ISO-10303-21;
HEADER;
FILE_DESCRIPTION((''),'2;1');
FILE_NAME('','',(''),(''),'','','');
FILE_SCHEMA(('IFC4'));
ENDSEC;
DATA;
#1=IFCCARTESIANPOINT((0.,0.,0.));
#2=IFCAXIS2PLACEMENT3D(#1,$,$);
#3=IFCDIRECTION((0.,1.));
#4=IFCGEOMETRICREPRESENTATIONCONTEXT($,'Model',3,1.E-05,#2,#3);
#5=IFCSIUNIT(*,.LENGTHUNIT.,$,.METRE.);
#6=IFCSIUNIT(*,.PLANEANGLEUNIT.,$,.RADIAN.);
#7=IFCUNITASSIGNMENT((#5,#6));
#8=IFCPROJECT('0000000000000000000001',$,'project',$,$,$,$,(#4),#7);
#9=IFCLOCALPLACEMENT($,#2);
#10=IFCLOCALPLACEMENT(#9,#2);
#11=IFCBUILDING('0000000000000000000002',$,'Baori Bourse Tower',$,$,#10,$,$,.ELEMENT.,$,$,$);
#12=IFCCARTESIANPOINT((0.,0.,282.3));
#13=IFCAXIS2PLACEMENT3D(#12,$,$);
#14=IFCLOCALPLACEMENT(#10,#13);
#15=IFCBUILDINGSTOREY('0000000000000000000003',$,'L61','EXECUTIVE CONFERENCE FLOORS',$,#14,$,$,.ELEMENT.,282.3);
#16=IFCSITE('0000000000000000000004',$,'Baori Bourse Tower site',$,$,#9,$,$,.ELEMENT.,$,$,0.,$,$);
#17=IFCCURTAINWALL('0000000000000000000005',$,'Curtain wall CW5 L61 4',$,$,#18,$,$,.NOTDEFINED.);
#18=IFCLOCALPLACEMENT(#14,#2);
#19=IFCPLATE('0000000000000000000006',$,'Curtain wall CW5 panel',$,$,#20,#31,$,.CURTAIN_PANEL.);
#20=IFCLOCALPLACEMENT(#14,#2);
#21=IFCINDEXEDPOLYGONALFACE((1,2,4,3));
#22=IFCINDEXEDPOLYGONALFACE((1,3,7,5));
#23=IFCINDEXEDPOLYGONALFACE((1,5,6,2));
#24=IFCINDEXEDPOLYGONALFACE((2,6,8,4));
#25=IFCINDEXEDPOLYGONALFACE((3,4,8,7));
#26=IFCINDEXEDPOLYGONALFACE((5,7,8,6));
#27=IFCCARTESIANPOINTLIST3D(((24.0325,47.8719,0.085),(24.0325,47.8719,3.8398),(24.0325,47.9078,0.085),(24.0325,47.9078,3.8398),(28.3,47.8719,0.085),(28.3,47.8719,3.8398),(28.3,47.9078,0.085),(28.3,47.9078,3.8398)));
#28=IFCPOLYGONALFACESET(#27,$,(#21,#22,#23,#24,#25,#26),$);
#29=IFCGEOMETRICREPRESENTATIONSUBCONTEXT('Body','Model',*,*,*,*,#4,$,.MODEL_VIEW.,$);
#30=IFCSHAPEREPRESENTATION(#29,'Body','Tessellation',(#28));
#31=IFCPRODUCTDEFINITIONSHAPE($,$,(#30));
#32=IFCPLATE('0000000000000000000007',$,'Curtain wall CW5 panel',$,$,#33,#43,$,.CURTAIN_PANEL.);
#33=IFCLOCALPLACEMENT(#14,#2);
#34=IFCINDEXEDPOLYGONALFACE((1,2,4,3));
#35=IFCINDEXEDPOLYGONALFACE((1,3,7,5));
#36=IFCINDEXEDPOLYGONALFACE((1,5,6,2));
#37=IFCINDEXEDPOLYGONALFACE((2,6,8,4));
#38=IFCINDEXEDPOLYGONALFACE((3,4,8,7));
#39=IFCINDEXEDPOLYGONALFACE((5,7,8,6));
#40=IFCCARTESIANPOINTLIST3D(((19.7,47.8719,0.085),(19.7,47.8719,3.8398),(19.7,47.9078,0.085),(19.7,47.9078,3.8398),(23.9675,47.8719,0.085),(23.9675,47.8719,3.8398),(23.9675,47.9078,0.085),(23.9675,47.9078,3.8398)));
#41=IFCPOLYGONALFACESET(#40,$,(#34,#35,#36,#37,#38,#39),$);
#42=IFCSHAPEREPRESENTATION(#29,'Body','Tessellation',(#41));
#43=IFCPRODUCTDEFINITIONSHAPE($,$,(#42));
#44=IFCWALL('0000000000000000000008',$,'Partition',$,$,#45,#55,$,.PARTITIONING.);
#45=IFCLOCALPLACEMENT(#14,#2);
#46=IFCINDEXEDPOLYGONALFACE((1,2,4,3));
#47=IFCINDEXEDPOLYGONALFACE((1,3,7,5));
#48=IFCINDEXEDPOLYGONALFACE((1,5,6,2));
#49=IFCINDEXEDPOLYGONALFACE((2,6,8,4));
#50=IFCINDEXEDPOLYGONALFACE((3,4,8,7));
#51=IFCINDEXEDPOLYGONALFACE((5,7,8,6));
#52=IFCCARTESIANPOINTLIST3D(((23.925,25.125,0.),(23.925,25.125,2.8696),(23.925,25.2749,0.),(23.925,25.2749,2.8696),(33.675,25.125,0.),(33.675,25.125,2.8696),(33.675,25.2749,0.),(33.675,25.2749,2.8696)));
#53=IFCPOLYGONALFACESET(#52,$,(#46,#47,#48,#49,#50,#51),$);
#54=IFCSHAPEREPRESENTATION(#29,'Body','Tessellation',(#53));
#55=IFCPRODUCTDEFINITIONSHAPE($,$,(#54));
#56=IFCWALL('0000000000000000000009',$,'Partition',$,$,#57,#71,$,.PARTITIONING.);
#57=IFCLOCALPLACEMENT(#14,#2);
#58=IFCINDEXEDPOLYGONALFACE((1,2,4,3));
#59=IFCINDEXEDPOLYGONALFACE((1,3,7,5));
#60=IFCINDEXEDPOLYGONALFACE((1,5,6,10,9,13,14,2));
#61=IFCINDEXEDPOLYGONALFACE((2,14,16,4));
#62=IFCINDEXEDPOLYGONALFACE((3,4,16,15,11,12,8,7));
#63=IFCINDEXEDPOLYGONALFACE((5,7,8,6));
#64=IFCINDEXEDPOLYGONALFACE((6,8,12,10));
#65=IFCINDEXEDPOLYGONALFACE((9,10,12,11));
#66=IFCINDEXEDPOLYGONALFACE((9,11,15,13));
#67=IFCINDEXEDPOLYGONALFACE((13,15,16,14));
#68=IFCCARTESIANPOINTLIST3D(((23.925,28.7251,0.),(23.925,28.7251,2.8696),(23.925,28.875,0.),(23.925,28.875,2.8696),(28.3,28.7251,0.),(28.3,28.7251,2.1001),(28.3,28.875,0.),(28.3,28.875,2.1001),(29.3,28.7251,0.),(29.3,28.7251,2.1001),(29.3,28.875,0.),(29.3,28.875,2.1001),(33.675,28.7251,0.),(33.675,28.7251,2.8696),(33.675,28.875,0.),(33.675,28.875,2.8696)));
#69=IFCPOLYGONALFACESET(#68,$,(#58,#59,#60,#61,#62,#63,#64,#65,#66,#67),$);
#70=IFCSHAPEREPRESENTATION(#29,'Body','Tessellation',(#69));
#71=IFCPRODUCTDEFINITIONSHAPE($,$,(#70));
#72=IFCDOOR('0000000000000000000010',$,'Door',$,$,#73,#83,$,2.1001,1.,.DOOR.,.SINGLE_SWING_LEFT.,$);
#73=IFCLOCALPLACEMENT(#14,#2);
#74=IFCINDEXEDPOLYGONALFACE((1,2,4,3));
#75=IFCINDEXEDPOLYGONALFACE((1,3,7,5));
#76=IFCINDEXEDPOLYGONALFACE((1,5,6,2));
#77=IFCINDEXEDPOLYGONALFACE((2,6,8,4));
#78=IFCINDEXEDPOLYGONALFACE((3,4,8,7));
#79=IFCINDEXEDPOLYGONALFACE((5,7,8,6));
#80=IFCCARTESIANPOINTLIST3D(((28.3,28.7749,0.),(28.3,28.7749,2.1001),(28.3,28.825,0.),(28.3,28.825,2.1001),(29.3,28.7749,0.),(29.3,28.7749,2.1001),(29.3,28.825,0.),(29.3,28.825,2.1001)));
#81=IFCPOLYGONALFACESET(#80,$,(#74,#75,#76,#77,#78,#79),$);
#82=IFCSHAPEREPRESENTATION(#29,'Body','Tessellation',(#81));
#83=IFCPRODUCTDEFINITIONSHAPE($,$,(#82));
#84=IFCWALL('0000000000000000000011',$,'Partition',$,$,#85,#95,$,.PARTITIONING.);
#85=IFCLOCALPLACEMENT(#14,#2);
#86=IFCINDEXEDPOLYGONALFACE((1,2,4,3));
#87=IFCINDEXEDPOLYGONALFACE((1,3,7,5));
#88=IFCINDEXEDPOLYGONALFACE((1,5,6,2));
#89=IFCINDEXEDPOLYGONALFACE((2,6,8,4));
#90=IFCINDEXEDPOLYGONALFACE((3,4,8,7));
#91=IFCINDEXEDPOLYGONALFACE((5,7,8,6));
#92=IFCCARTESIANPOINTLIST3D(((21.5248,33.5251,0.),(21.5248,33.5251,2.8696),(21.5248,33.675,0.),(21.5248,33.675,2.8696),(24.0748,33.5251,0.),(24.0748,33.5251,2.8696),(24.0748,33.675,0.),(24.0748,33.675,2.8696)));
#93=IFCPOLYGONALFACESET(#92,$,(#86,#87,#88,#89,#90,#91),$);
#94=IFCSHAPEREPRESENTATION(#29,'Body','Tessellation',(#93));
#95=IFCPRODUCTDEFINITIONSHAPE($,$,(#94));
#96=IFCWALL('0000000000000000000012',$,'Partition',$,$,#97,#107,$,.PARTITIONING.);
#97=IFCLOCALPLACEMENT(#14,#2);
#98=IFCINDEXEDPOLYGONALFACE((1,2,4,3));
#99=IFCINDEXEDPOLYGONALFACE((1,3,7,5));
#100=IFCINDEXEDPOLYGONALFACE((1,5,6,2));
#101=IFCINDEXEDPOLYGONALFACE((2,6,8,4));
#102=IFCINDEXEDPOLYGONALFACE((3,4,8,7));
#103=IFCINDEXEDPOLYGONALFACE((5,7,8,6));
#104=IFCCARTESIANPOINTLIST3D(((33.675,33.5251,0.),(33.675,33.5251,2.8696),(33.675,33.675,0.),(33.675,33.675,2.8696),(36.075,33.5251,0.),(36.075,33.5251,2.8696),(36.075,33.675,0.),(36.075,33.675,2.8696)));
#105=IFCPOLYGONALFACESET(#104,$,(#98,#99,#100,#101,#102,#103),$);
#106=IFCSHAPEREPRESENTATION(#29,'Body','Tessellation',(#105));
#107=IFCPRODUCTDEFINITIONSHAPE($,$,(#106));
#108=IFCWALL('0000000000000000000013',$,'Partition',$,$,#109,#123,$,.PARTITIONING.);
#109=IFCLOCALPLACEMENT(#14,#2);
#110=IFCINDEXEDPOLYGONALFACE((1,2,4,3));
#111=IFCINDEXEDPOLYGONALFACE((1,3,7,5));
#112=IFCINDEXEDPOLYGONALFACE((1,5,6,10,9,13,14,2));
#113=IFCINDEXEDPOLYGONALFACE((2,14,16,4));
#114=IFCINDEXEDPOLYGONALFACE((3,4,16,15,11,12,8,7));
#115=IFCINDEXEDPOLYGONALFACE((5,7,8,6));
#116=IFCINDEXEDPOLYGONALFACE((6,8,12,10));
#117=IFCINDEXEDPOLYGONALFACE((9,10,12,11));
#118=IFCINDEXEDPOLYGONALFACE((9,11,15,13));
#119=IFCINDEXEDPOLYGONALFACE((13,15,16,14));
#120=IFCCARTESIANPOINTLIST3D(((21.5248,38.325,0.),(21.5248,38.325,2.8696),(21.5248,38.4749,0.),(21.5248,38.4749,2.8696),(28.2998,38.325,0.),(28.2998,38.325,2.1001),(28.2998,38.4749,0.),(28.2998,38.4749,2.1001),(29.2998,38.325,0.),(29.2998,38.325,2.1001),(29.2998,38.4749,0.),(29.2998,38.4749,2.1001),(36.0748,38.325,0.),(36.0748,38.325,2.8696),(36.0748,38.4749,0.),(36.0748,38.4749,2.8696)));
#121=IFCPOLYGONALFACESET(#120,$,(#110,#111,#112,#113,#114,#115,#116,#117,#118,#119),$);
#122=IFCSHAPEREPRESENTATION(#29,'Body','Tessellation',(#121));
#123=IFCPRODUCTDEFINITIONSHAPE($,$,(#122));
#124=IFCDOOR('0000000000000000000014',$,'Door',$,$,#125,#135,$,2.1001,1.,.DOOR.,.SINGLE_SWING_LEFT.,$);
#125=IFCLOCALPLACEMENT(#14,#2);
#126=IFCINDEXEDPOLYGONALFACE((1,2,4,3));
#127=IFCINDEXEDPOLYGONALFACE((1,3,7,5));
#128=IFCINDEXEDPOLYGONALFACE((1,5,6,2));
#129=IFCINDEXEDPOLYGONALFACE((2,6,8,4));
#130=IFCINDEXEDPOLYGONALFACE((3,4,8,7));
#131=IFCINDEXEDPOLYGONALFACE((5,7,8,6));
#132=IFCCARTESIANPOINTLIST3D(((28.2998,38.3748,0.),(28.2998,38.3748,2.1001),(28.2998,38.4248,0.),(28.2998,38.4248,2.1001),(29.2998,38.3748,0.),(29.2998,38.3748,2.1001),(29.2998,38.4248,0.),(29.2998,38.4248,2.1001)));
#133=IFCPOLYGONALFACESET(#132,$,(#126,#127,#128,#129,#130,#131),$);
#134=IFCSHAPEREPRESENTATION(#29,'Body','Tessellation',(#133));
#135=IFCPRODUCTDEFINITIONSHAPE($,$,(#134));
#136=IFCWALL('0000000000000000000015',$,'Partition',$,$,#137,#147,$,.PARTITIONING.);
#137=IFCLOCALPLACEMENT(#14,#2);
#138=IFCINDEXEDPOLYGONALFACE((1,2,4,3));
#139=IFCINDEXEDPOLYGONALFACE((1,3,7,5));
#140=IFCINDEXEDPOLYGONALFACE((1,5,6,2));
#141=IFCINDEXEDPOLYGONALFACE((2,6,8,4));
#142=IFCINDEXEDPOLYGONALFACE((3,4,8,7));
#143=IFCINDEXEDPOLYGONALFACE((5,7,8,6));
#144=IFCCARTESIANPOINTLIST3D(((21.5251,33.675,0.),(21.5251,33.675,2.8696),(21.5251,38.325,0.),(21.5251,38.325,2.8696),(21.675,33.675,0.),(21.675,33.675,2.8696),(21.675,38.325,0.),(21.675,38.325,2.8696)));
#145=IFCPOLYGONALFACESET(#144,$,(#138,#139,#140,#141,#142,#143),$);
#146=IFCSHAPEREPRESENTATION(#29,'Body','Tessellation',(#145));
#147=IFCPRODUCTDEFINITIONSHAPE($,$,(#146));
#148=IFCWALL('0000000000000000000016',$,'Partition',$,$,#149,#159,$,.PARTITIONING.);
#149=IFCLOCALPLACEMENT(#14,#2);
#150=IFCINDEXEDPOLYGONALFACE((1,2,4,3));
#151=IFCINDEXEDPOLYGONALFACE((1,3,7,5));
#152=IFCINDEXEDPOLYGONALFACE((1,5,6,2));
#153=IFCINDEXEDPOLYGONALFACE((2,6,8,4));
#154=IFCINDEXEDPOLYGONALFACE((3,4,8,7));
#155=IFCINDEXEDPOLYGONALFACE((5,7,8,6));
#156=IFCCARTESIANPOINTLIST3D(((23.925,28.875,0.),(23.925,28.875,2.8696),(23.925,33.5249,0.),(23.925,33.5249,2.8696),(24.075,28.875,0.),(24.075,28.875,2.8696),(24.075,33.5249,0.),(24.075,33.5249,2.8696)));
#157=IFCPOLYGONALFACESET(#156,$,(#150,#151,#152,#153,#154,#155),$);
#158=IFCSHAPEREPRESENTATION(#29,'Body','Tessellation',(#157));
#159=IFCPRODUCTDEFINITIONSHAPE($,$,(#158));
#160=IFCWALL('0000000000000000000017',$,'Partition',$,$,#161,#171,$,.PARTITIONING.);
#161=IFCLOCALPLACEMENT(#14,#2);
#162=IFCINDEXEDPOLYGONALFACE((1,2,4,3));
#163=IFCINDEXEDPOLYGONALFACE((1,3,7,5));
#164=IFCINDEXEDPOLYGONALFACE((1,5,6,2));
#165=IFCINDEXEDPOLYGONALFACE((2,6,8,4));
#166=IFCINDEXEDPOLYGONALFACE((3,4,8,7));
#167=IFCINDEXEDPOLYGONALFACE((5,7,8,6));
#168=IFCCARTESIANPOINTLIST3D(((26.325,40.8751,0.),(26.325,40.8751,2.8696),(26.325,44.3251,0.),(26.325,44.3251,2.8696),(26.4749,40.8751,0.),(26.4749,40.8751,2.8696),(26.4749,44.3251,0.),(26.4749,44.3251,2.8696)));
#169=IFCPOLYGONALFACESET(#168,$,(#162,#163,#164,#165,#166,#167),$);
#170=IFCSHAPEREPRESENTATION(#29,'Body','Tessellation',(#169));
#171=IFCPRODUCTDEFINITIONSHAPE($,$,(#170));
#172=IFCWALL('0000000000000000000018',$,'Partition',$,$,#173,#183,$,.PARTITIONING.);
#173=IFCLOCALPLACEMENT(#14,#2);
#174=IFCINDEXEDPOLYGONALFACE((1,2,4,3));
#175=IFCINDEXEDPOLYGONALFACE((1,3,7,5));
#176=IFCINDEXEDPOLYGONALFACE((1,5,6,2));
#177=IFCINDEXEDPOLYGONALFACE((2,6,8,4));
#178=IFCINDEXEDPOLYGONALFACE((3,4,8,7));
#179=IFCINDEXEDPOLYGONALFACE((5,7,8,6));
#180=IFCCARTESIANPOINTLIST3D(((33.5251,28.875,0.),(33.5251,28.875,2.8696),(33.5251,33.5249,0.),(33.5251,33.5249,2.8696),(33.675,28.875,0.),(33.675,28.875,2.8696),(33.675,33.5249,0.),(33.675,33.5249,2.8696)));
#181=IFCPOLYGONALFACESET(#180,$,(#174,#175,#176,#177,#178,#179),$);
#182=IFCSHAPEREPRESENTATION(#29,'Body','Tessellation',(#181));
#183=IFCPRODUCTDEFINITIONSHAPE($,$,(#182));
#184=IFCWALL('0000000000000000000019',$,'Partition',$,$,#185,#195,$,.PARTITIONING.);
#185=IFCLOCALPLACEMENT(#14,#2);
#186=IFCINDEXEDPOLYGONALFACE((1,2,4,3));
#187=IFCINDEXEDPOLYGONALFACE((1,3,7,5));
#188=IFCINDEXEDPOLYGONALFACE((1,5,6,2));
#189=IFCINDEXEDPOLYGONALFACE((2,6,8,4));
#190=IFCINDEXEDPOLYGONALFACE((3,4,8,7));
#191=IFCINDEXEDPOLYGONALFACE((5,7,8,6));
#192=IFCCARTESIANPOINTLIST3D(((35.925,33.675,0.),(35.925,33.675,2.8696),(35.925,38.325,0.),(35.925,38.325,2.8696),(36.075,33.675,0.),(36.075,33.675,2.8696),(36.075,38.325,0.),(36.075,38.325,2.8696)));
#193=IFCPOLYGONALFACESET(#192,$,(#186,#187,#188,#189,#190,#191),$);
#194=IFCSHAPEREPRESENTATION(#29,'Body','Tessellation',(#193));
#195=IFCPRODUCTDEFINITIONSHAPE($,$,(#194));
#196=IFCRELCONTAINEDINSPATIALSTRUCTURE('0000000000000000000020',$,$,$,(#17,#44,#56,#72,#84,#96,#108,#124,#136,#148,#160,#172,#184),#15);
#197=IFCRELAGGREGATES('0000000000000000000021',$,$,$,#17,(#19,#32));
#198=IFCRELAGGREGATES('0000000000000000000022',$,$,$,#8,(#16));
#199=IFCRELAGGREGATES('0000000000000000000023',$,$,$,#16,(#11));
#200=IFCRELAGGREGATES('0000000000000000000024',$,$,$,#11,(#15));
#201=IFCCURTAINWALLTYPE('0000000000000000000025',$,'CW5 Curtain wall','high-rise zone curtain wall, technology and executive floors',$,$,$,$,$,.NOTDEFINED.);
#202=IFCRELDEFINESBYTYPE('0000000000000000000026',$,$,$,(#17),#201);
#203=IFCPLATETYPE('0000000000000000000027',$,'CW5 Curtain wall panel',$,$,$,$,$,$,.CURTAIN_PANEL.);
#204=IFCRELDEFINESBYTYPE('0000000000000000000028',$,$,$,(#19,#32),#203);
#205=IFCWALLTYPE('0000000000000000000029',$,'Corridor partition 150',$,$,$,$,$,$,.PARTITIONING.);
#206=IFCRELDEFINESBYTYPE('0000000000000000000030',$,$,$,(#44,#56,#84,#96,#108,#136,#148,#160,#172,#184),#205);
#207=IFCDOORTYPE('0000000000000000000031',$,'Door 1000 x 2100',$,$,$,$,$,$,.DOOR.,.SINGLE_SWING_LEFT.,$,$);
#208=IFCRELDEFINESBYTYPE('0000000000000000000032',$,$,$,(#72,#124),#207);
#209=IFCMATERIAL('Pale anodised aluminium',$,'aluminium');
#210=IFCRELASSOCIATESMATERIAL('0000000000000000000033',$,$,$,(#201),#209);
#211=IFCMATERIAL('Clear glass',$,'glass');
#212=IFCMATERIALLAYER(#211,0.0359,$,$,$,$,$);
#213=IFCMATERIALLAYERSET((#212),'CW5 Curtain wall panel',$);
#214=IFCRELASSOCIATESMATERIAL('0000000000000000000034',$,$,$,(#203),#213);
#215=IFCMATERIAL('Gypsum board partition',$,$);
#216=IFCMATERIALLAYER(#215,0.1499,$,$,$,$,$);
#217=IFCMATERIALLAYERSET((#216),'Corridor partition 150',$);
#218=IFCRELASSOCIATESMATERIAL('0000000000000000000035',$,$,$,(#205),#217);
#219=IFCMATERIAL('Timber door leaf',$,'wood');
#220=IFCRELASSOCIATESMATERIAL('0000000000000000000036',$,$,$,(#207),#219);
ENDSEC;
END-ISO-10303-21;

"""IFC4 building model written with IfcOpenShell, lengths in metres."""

from ifc_helpers import new_model, si_unit, direction, frame, frame_2d, origin, origin_2d, place, context, subcontext, project, spatial, rectangle, extrude, material, layer, layer_set, type_object, element, fill, aggregate, save


model = new_model("IFC4")

# Units and contexts
model_context = context("Model", 3, precision=1e-05, world=origin(), true_north=direction((0.0, 1.0)))
body_context = subcontext(model_context, "Body", "Model", "MODEL_VIEW")
ifc_project = project(units=[si_unit("LENGTHUNIT", "METRE"), si_unit("PLANEANGLEUNIT", "RADIAN")], contexts=[model_context])

# Site, building, storey
site_placement = place(None, origin())
site = spatial("IfcSite", under=ifc_project, at=site_placement, Name="Baori Bourse Tower site", CompositionType="ELEMENT", RefElevation=0.0)
building_placement = place(site_placement, origin())
building = spatial("IfcBuilding", under=site, at=building_placement, Name="Baori Bourse Tower", CompositionType="ELEMENT")
storey_placement = place(building_placement, frame((0.0, 0.0, 282.3)))
storey = spatial("IfcBuildingStorey", under=building, at=storey_placement, Name="L61", Description="EXECUTIVE CONFERENCE FLOORS", CompositionType="ELEMENT", Elevation=282.3)

# Curtain wall
ifc_material_1 = material(Name="Pale anodised aluminium", Category="aluminium")
curtain_wall_type_1 = type_object("IfcCurtainWallType", Name="CW5 Curtain wall", Description="high-rise zone curtain wall, technology and executive floors", PredefinedType="NOTDEFINED", material=ifc_material_1)
curtain_wall_1_placement = place(storey_placement, origin())
curtain_wall_1 = element("IfcCurtainWall", 1, at=curtain_wall_1_placement, inside=storey, type_object=curtain_wall_type_1, Name="Curtain wall CW5 L61 4", PredefinedType="NOTDEFINED")

# Plates
ifc_material_2 = material(Name="Clear glass", Category="glass")
ifc_layer_1 = layer(ifc_material_2, 0.0359)
ifc_layer_set_1 = layer_set([ifc_layer_1], Name="CW5 Curtain wall panel")
plate_type_1 = type_object("IfcPlateType", Name="CW5 Curtain wall panel", PredefinedType="CURTAIN_PANEL", material=ifc_layer_set_1)
plate_1_placement = place(storey_placement, frame((26.1663, 47.8899, 0.085), z_axis=(0.0, 0.0, 1.0), x_axis=(-1.0, 0.0, 0.0)))
plate_1 = element("IfcPlate", 2, at=plate_1_placement, type_object=plate_type_1, Name="Curtain wall CW5 panel", PredefinedType="CURTAIN_PANEL", context=body_context, shape_type="SweptSolid", body=[
    extrude(rectangle(XDim=4.2676, YDim=0.0359, at=origin_2d()), origin(), (0.0, 0.0, 1.0), 3.7549),
])
plate_2_placement = place(storey_placement, frame((21.8337, 47.8899, 0.085), z_axis=(0.0, 0.0, 1.0), x_axis=(-1.0, 0.0, 0.0)))
plate_2 = element("IfcPlate", 3, at=plate_2_placement, type_object=plate_type_1, Name="Curtain wall CW5 panel", PredefinedType="CURTAIN_PANEL", context=body_context, shape_type="SweptSolid", body=[
    extrude(rectangle(XDim=4.2676, YDim=0.0359, at=origin_2d()), origin(), (0.0, 0.0, 1.0), 3.7549),
])
aggregate(curtain_wall_1, [plate_1, plate_2])

# Wall
ifc_material_3 = material(Name="Gypsum board partition")
ifc_layer_2 = layer(ifc_material_3, 0.1499)
ifc_layer_set_2 = layer_set([ifc_layer_2], Name="Corridor partition 150")
wall_type_1 = type_object("IfcWallType", Name="Corridor partition 150", PredefinedType="PARTITIONING", material=ifc_layer_set_2)
wall_1_placement = place(storey_placement, frame((23.925, 25.2, 0.0), z_axis=(0.0, 0.0, 1.0), x_axis=(1.0, 0.0, 0.0)))
element("IfcWall", 4, at=wall_1_placement, inside=storey, type_object=wall_type_1, Name="Partition", PredefinedType="PARTITIONING", context=body_context, shape_type="SweptSolid", body=[
    extrude(rectangle(XDim=9.75, YDim=0.1499, at=frame_2d((4.875, 0.0))), origin(), (0.0, 0.0, 1.0), 2.8696),
])

# Wall, opening, door
wall_2_placement = place(storey_placement, frame((23.925, 28.8, 0.0), z_axis=(0.0, 0.0, 1.0), x_axis=(1.0, 0.0, 0.0)))
wall_2 = element("IfcWall", 5, at=wall_2_placement, inside=storey, type_object=wall_type_1, Name="Partition", PredefinedType="PARTITIONING", context=body_context, shape_type="SweptSolid", body=[
    extrude(rectangle(XDim=9.75, YDim=0.1499, at=frame_2d((4.875, 0.0))), origin(), (0.0, 0.0, 1.0), 2.8696),
])
opening_1_placement = place(wall_2_placement, frame((4.375, 0.0, 0.0)))
opening_1 = element("IfcOpeningElement", 6, at=opening_1_placement, cuts=wall_2, PredefinedType="OPENING", context=body_context, shape_type="SweptSolid", body=[
    extrude(rectangle(XDim=1.0, YDim=2.1001, at=frame_2d((0.5, 1.05))), frame((0.0, 0.085, 0.0), z_axis=(0.0, -1.0, 0.0), x_axis=(1.0, 0.0, 0.0)), (0.0, 0.0, 1.0), 0.1699),
])
ifc_material_4 = material(Name="Timber door leaf", Category="wood")
door_type = type_object("IfcDoorType", Name="Door 1000 x 2100", OperationType="SINGLE_SWING_LEFT", PredefinedType="DOOR", material=ifc_material_4)
door_1_placement = place(opening_1_placement, origin())
door_1 = element("IfcDoor", 7, at=door_1_placement, inside=storey, type_object=door_type, Name="Door", OperationType="SINGLE_SWING_LEFT", OverallHeight=2.1001, OverallWidth=1.0, PredefinedType="DOOR", context=body_context, shape_type="SweptSolid", body=[
    extrude(rectangle(XDim=1.0, YDim=2.1001, at=frame_2d((0.5, 1.05))), frame((0.0, 0.0249, 0.0), z_axis=(0.0, -1.0, 0.0), x_axis=(1.0, 0.0, 0.0)), (0.0, 0.0, 1.0), 0.05),
])
fill(opening_1, door_1)

# Walls
wall_3_placement = place(storey_placement, frame((21.5249, 33.6001, 0.0), z_axis=(0.0, 0.0, 1.0), x_axis=(1.0, 0.0, 0.0)))
element("IfcWall", 8, at=wall_3_placement, inside=storey, type_object=wall_type_1, Name="Partition", PredefinedType="PARTITIONING", context=body_context, shape_type="SweptSolid", body=[
    extrude(rectangle(XDim=2.55, YDim=0.1499, at=frame_2d((1.2749, 0.0))), origin(), (0.0, 0.0, 1.0), 2.8696),
])
wall_4_placement = place(storey_placement, frame((33.675, 33.6001, 0.0), z_axis=(0.0, 0.0, 1.0), x_axis=(1.0, 0.0, 0.0)))
element("IfcWall", 9, at=wall_4_placement, inside=storey, type_object=wall_type_1, Name="Partition", PredefinedType="PARTITIONING", context=body_context, shape_type="SweptSolid", body=[
    extrude(rectangle(XDim=2.3999, YDim=0.1499, at=frame_2d((1.2, 0.0))), origin(), (0.0, 0.0, 1.0), 2.8696),
])

# Wall, opening, door
wall_5_placement = place(storey_placement, frame((21.5249, 38.3999, 0.0), z_axis=(0.0, 0.0, 1.0), x_axis=(1.0, 0.0, 0.0)))
wall_5 = element("IfcWall", 10, at=wall_5_placement, inside=storey, type_object=wall_type_1, Name="Partition", PredefinedType="PARTITIONING", context=body_context, shape_type="SweptSolid", body=[
    extrude(rectangle(XDim=14.55, YDim=0.1499, at=frame_2d((7.2749, 0.0))), origin(), (0.0, 0.0, 1.0), 2.8696),
])
opening_2_placement = place(wall_5_placement, frame((6.7749, 0.0, 0.0)))
opening_2 = element("IfcOpeningElement", 11, at=opening_2_placement, cuts=wall_5, PredefinedType="OPENING", context=body_context, shape_type="SweptSolid", body=[
    extrude(rectangle(XDim=1.0, YDim=2.1001, at=frame_2d((0.5, 1.05))), frame((0.0, 0.085, 0.0), z_axis=(0.0, -1.0, 0.0), x_axis=(1.0, 0.0, 0.0)), (0.0, 0.0, 1.0), 0.1699),
])
door_2_placement = place(opening_2_placement, origin())
door_2 = element("IfcDoor", 12, at=door_2_placement, inside=storey, type_object=door_type, Name="Door", OperationType="SINGLE_SWING_LEFT", OverallHeight=2.1001, OverallWidth=1.0, PredefinedType="DOOR", context=body_context, shape_type="SweptSolid", body=[
    extrude(rectangle(XDim=1.0, YDim=2.1001, at=frame_2d((0.5, 1.05))), frame((0.0, 0.0249, 0.0), z_axis=(0.0, -1.0, 0.0), x_axis=(1.0, 0.0, 0.0)), (0.0, 0.0, 1.0), 0.05),
])
fill(opening_2, door_2)

# Walls
for number, where, z_axis, x_axis, name in (
    (13, (21.6001, 33.675, 0.0), (0.0, 0.0, 1.0), (0.0, 1.0, 0.0), "Partition"),
    (14, (24.0, 28.875, 0.0), (0.0, 0.0, 1.0), (0.0, 1.0, 0.0), "Partition"),
):
    element("IfcWall", number, at=place(storey_placement, frame(where, z_axis=z_axis, x_axis=x_axis)), inside=storey, type_object=wall_type_1, Name=name, PredefinedType="PARTITIONING", context=body_context, shape_type="SweptSolid", body=[
        extrude(rectangle(XDim=4.6499, YDim=0.1499, at=frame_2d((2.325, 0.0))), origin(), (0.0, 0.0, 1.0), 2.8696),
    ])
wall_6_placement = place(storey_placement, frame((26.3999, 40.875, 0.0), z_axis=(0.0, 0.0, 1.0), x_axis=(0.0, 1.0, 0.0)))
element("IfcWall", 15, at=wall_6_placement, inside=storey, type_object=wall_type_1, Name="Partition", PredefinedType="PARTITIONING", context=body_context, shape_type="SweptSolid", body=[
    extrude(rectangle(XDim=3.45, YDim=0.1499, at=frame_2d((1.7251, 0.0))), origin(), (0.0, 0.0, 1.0), 2.8696),
])
for number, where, z_axis, x_axis, name in (
    (16, (33.6001, 28.875, 0.0), (0.0, 0.0, 1.0), (0.0, 1.0, 0.0), "Partition"),
    (17, (36.0, 33.675, 0.0), (0.0, 0.0, 1.0), (0.0, 1.0, 0.0), "Partition"),
):
    element("IfcWall", number, at=place(storey_placement, frame(where, z_axis=z_axis, x_axis=x_axis)), inside=storey, type_object=wall_type_1, Name=name, PredefinedType="PARTITIONING", context=body_context, shape_type="SweptSolid", body=[
        extrude(rectangle(XDim=4.6499, YDim=0.1499, at=frame_2d((2.325, 0.0))), origin(), (0.0, 0.0, 1.0), 2.8696),
    ])

save(model, "model.ifc")
